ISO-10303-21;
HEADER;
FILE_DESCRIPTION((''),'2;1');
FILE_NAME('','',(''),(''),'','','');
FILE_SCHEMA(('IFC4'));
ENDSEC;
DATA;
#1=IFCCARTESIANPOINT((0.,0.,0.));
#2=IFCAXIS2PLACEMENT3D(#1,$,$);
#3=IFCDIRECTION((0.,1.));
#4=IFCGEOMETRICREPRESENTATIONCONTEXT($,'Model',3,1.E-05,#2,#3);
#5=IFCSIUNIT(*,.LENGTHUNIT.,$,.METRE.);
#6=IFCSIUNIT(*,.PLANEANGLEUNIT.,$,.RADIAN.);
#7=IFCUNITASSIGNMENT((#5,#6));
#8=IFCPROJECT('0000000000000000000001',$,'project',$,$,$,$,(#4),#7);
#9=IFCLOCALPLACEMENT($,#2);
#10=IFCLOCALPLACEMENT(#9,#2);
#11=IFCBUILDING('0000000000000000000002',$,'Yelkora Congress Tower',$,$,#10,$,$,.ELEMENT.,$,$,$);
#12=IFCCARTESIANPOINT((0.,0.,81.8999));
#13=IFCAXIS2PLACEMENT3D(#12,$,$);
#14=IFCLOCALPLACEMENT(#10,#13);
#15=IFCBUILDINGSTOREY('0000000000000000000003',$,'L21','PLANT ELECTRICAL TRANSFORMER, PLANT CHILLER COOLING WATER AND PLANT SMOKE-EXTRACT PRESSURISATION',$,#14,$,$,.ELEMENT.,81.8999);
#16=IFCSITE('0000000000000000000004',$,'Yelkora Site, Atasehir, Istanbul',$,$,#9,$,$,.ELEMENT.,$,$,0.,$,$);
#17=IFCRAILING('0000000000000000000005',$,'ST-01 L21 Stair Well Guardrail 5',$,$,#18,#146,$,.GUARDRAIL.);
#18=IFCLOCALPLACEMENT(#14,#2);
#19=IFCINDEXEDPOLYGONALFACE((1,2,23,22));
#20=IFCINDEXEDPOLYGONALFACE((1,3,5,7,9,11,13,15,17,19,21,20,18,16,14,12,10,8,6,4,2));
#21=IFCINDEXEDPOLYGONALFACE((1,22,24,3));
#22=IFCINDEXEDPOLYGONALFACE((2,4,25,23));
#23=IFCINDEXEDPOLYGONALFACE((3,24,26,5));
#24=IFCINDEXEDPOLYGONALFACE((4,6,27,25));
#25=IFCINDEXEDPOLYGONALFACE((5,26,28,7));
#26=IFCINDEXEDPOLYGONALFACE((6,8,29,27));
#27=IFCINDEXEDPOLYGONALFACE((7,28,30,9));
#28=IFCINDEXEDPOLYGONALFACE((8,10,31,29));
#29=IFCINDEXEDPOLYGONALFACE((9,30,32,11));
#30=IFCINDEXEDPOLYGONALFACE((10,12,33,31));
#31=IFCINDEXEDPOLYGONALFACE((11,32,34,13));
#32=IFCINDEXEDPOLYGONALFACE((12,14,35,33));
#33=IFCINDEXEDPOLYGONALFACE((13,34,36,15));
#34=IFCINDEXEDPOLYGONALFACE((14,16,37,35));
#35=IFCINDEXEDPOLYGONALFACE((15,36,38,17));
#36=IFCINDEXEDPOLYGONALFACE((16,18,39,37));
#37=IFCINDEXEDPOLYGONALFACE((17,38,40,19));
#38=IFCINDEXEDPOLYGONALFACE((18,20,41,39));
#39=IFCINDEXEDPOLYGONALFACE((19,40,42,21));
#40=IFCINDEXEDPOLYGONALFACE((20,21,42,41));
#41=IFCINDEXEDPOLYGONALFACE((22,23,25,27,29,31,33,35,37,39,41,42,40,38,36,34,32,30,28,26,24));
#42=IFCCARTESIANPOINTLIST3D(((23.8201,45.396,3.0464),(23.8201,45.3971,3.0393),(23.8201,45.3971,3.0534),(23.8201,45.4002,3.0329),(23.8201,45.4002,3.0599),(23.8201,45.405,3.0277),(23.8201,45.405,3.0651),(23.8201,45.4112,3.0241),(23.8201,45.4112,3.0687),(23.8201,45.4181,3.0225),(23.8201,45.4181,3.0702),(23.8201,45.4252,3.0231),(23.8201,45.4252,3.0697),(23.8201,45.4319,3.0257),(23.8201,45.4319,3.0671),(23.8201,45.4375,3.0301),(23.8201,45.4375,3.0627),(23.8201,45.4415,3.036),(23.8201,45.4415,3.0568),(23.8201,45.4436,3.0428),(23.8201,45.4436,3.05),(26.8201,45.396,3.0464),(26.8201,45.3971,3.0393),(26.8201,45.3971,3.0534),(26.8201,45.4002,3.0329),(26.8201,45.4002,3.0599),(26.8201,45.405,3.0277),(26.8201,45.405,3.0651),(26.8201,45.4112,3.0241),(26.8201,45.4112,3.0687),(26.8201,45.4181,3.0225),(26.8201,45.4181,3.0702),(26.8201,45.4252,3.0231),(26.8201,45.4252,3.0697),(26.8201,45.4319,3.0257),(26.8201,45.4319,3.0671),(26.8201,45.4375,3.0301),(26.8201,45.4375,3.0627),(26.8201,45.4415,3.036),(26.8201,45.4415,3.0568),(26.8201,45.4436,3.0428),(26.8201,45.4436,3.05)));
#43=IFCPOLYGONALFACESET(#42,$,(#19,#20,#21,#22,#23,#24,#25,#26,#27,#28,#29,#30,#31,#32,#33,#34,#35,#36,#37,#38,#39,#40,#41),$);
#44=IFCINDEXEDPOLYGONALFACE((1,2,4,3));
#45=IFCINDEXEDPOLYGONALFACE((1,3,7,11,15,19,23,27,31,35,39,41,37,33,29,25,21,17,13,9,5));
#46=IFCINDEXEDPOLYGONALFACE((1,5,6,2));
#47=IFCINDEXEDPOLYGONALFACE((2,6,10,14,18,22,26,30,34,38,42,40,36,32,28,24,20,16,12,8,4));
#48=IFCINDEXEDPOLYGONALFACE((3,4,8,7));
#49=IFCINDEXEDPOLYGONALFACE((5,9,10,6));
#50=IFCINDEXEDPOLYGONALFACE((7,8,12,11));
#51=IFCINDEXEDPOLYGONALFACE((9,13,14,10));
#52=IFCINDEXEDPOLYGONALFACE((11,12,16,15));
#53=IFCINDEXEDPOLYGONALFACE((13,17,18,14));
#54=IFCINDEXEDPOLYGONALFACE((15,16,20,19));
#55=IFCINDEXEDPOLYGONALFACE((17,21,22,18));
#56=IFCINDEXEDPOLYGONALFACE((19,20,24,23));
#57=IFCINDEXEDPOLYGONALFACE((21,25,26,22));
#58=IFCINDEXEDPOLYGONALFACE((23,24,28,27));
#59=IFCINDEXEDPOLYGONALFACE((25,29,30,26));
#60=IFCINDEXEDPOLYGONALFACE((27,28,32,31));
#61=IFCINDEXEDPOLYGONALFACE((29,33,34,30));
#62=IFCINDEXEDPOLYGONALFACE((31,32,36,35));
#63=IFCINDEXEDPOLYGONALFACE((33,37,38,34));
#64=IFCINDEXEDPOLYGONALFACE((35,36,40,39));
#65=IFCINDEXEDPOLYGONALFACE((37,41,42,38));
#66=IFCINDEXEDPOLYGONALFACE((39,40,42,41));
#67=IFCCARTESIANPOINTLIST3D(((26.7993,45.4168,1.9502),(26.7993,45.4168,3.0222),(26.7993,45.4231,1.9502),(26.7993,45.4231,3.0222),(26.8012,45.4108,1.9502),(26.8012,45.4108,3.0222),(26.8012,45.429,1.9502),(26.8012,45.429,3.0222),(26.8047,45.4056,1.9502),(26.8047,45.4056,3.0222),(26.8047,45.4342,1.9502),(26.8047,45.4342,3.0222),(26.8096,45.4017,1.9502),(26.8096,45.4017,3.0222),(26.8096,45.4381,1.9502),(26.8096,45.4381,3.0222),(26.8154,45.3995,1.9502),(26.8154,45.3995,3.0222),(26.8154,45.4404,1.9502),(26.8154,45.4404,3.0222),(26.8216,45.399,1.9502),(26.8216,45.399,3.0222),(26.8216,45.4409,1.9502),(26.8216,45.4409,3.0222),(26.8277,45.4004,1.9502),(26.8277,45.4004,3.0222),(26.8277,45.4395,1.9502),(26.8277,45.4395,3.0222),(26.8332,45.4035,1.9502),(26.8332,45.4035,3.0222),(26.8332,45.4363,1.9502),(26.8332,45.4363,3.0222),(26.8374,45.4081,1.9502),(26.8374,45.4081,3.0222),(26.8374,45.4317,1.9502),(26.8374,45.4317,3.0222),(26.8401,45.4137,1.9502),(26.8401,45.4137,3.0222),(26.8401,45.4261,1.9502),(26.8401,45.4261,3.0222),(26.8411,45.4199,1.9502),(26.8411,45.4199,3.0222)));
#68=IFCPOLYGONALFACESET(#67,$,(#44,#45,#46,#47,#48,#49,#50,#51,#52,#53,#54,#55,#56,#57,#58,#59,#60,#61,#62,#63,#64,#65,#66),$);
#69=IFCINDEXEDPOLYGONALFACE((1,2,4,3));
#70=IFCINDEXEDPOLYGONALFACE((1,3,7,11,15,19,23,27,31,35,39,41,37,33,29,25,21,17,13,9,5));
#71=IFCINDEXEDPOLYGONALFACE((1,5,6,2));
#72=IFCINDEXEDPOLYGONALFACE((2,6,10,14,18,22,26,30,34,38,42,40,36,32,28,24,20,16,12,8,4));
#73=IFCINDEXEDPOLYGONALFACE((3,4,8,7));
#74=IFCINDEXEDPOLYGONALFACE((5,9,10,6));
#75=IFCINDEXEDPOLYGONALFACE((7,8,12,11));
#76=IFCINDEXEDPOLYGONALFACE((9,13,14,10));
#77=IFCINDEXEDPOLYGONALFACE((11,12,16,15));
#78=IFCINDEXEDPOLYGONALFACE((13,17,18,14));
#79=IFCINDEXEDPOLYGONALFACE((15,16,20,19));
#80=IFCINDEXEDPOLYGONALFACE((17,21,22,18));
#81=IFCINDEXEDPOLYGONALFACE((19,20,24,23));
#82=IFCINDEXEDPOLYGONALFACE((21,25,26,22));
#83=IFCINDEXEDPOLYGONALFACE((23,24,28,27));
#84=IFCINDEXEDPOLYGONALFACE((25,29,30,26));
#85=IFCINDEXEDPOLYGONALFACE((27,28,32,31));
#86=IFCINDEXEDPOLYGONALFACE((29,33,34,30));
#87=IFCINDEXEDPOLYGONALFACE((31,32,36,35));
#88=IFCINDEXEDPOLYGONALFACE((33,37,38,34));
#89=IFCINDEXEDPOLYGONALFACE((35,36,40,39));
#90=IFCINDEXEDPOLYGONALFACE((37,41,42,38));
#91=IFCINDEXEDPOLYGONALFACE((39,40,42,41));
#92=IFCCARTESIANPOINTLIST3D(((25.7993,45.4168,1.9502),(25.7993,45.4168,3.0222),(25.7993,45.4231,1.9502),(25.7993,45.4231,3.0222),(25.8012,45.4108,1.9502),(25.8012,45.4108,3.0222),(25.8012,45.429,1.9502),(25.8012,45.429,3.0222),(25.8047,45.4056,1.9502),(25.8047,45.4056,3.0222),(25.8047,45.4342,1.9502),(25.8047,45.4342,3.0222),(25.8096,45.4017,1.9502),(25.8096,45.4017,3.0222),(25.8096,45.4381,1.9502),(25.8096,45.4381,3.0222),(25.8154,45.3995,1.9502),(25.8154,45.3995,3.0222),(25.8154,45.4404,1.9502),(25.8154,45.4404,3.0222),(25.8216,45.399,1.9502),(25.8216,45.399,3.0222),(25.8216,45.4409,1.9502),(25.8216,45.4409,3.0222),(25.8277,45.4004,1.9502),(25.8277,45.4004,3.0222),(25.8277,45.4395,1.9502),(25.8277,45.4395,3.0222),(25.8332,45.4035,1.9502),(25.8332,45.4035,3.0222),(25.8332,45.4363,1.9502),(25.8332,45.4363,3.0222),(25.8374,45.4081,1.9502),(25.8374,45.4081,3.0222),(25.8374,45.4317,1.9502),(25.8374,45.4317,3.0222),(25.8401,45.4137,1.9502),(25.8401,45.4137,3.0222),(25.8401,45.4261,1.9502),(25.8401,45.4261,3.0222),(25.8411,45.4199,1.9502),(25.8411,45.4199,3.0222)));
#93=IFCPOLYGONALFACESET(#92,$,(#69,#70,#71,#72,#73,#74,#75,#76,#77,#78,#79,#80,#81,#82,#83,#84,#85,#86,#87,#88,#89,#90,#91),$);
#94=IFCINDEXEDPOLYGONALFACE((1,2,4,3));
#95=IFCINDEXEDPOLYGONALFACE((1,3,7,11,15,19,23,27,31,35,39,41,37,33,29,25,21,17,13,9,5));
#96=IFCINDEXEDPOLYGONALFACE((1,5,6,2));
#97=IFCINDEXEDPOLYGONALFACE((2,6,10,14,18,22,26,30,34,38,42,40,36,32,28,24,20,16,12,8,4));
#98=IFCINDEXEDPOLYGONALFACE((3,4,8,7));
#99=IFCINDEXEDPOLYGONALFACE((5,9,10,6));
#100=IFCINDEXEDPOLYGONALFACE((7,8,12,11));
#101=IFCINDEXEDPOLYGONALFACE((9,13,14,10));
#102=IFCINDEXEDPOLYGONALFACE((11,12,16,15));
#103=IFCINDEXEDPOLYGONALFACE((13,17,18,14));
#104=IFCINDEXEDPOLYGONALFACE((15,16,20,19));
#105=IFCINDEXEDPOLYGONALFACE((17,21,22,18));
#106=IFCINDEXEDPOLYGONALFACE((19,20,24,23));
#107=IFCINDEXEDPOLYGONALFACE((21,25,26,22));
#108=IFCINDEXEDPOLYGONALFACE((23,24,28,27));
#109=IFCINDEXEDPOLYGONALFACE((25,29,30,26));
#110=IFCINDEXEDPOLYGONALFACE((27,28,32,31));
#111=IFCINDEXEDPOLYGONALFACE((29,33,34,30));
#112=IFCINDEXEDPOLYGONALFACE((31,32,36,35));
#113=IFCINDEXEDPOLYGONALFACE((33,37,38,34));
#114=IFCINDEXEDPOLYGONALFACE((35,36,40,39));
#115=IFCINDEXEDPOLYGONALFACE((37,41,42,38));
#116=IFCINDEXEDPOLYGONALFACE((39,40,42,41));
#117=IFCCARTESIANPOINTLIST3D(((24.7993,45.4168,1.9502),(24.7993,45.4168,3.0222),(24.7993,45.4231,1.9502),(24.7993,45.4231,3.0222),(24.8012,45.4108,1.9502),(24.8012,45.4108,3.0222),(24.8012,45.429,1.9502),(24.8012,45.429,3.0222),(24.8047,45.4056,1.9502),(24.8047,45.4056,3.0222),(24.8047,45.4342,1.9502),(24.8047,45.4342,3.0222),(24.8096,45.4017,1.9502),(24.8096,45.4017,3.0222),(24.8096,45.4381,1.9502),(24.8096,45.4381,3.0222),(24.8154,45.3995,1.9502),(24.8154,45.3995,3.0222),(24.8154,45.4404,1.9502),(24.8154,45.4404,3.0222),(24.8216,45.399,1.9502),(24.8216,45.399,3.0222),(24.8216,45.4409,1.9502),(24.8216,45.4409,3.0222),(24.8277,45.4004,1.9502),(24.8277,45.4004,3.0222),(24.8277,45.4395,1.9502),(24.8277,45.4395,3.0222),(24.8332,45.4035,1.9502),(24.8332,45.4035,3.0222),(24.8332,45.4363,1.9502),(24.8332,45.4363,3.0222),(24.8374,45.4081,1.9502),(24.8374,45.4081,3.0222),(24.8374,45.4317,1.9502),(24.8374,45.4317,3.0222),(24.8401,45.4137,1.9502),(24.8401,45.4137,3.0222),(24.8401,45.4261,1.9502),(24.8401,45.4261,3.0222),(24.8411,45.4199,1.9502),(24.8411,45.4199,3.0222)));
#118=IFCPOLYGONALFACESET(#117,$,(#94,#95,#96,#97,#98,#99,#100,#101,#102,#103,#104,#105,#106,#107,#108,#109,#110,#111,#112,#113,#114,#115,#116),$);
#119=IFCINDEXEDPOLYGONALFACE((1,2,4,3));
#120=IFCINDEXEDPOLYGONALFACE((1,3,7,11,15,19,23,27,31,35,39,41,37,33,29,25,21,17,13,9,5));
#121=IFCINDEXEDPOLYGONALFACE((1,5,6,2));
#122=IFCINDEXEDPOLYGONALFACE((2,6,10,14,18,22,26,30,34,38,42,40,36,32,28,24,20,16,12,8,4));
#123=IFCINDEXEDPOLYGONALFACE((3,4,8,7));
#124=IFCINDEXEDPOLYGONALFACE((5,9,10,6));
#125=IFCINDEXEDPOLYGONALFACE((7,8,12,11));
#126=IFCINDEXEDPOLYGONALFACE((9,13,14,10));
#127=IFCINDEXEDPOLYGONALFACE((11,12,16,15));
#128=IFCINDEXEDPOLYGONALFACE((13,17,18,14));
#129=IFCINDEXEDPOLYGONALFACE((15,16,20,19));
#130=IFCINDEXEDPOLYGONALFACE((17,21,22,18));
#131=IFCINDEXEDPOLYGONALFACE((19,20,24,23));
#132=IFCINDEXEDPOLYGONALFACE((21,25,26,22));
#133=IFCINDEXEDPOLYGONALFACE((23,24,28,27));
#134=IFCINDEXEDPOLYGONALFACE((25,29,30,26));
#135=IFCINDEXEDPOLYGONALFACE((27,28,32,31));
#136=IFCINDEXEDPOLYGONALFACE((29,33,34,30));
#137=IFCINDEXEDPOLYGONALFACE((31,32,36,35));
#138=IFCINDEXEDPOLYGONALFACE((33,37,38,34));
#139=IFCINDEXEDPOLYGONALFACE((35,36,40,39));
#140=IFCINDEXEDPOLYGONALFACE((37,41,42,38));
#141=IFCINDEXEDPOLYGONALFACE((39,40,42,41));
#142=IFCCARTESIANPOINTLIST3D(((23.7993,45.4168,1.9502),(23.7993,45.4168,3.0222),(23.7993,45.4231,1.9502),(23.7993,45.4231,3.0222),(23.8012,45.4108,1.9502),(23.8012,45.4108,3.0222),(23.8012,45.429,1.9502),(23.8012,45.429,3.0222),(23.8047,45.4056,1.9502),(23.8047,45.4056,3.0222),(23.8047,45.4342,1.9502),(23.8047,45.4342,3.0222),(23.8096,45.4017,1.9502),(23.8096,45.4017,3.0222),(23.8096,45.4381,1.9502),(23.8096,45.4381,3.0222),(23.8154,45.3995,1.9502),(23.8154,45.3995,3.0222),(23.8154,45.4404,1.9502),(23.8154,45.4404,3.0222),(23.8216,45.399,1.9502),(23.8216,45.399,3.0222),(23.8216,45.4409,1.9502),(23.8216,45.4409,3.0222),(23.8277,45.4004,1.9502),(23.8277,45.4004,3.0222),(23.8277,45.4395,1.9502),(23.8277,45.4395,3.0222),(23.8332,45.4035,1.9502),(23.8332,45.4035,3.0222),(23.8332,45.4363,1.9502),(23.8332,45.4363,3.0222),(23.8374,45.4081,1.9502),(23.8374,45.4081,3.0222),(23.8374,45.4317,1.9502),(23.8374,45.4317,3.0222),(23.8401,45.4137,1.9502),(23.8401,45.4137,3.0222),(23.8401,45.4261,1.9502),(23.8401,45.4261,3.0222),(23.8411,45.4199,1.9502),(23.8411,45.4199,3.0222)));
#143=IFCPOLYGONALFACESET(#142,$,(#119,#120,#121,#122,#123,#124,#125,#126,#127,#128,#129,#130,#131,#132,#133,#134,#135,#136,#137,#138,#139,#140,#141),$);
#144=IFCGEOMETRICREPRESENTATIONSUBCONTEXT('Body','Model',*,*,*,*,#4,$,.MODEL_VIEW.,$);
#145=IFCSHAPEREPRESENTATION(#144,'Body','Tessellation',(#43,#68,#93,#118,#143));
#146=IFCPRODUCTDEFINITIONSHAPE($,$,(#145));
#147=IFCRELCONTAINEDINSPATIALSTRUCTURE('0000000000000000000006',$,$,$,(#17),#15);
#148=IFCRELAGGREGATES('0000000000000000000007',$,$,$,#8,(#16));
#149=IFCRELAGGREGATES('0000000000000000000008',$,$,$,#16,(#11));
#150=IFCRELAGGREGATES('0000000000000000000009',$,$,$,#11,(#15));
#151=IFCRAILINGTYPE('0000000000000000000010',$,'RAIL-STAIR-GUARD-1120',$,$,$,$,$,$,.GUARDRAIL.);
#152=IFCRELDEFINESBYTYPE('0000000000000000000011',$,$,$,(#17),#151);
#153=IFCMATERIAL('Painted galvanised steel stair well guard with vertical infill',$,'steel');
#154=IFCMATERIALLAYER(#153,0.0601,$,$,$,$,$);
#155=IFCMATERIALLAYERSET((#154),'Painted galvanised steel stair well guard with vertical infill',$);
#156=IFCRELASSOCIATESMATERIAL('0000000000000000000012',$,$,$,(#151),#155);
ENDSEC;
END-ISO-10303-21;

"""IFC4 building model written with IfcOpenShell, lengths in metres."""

from ifc_helpers import new_model, si_unit, direction, frame, origin, origin_2d, place, context, subcontext, project, spatial, circle, extrude, material, layer, layer_set, type_object, element, save


model = new_model("IFC4")

# Units and contexts
model_context = context("Model", 3, precision=1e-05, world=origin(), true_north=direction((0.0, 1.0)))
body_context = subcontext(model_context, "Body", "Model", "MODEL_VIEW")
ifc_project = project(units=[si_unit("LENGTHUNIT", "METRE"), si_unit("PLANEANGLEUNIT", "RADIAN")], contexts=[model_context])

# Site, building, storey
site_placement = place(None, origin())
site = spatial("IfcSite", under=ifc_project, at=site_placement, Name="Yelkora Site, Atasehir, Istanbul", CompositionType="ELEMENT", RefElevation=0.0)
building_placement = place(site_placement, origin())
building = spatial("IfcBuilding", under=site, at=building_placement, Name="Yelkora Congress Tower", CompositionType="ELEMENT")
storey_placement = place(building_placement, frame((0.0, 0.0, 81.8999)))
storey = spatial("IfcBuildingStorey", under=building, at=storey_placement, Name="L21", Description="PLANT ELECTRICAL TRANSFORMER, PLANT CHILLER COOLING WATER AND PLANT SMOKE-EXTRACT PRESSURISATION", CompositionType="ELEMENT", Elevation=81.8999)

# Railing
ifc_material_1 = material(Name="Painted galvanised steel stair well guard with vertical infill", Category="steel")
ifc_layer_1 = layer(ifc_material_1, 0.0601)
ifc_layer_set_1 = layer_set([ifc_layer_1], Name="Painted galvanised steel stair well guard with vertical infill")
railing_type_1 = type_object("IfcRailingType", Name="RAIL-STAIR-GUARD-1120", PredefinedType="GUARDRAIL", material=ifc_layer_set_1)
railing_1_placement = place(storey_placement, frame((26.8201, 45.4199, 1.9502)))
element("IfcRailing", 1, at=railing_1_placement, inside=storey, type_object=railing_type_1, Name="ST-01 L21 Stair Well Guardrail 5", PredefinedType="GUARDRAIL", context=body_context, shape_type="SweptSolid", body=[
    extrude(circle(Radius=0.0239, at=origin_2d()), frame((0.0, 0.0, 1.0962), z_axis=(-1.0, 0.0, 0.0), x_axis=(0.0, -1.0, 0.0)), (0.0, 0.0, 1.0), 3.0),
    extrude(circle(Radius=0.021, at=origin_2d()), origin(), (0.0, 0.0, 1.0), 1.072),
    extrude(circle(Radius=0.021, at=origin_2d()), frame((-1.0, 0.0, 0.0)), (0.0, 0.0, 1.0), 1.072),
    extrude(circle(Radius=0.021, at=origin_2d()), frame((-2.0, 0.0, 0.0)), (0.0, 0.0, 1.0), 1.072),
    extrude(circle(Radius=0.021, at=origin_2d()), frame((-3.0, 0.0, 0.0)), (0.0, 0.0, 1.0), 1.072),
])

save(model, "model.ifc")
